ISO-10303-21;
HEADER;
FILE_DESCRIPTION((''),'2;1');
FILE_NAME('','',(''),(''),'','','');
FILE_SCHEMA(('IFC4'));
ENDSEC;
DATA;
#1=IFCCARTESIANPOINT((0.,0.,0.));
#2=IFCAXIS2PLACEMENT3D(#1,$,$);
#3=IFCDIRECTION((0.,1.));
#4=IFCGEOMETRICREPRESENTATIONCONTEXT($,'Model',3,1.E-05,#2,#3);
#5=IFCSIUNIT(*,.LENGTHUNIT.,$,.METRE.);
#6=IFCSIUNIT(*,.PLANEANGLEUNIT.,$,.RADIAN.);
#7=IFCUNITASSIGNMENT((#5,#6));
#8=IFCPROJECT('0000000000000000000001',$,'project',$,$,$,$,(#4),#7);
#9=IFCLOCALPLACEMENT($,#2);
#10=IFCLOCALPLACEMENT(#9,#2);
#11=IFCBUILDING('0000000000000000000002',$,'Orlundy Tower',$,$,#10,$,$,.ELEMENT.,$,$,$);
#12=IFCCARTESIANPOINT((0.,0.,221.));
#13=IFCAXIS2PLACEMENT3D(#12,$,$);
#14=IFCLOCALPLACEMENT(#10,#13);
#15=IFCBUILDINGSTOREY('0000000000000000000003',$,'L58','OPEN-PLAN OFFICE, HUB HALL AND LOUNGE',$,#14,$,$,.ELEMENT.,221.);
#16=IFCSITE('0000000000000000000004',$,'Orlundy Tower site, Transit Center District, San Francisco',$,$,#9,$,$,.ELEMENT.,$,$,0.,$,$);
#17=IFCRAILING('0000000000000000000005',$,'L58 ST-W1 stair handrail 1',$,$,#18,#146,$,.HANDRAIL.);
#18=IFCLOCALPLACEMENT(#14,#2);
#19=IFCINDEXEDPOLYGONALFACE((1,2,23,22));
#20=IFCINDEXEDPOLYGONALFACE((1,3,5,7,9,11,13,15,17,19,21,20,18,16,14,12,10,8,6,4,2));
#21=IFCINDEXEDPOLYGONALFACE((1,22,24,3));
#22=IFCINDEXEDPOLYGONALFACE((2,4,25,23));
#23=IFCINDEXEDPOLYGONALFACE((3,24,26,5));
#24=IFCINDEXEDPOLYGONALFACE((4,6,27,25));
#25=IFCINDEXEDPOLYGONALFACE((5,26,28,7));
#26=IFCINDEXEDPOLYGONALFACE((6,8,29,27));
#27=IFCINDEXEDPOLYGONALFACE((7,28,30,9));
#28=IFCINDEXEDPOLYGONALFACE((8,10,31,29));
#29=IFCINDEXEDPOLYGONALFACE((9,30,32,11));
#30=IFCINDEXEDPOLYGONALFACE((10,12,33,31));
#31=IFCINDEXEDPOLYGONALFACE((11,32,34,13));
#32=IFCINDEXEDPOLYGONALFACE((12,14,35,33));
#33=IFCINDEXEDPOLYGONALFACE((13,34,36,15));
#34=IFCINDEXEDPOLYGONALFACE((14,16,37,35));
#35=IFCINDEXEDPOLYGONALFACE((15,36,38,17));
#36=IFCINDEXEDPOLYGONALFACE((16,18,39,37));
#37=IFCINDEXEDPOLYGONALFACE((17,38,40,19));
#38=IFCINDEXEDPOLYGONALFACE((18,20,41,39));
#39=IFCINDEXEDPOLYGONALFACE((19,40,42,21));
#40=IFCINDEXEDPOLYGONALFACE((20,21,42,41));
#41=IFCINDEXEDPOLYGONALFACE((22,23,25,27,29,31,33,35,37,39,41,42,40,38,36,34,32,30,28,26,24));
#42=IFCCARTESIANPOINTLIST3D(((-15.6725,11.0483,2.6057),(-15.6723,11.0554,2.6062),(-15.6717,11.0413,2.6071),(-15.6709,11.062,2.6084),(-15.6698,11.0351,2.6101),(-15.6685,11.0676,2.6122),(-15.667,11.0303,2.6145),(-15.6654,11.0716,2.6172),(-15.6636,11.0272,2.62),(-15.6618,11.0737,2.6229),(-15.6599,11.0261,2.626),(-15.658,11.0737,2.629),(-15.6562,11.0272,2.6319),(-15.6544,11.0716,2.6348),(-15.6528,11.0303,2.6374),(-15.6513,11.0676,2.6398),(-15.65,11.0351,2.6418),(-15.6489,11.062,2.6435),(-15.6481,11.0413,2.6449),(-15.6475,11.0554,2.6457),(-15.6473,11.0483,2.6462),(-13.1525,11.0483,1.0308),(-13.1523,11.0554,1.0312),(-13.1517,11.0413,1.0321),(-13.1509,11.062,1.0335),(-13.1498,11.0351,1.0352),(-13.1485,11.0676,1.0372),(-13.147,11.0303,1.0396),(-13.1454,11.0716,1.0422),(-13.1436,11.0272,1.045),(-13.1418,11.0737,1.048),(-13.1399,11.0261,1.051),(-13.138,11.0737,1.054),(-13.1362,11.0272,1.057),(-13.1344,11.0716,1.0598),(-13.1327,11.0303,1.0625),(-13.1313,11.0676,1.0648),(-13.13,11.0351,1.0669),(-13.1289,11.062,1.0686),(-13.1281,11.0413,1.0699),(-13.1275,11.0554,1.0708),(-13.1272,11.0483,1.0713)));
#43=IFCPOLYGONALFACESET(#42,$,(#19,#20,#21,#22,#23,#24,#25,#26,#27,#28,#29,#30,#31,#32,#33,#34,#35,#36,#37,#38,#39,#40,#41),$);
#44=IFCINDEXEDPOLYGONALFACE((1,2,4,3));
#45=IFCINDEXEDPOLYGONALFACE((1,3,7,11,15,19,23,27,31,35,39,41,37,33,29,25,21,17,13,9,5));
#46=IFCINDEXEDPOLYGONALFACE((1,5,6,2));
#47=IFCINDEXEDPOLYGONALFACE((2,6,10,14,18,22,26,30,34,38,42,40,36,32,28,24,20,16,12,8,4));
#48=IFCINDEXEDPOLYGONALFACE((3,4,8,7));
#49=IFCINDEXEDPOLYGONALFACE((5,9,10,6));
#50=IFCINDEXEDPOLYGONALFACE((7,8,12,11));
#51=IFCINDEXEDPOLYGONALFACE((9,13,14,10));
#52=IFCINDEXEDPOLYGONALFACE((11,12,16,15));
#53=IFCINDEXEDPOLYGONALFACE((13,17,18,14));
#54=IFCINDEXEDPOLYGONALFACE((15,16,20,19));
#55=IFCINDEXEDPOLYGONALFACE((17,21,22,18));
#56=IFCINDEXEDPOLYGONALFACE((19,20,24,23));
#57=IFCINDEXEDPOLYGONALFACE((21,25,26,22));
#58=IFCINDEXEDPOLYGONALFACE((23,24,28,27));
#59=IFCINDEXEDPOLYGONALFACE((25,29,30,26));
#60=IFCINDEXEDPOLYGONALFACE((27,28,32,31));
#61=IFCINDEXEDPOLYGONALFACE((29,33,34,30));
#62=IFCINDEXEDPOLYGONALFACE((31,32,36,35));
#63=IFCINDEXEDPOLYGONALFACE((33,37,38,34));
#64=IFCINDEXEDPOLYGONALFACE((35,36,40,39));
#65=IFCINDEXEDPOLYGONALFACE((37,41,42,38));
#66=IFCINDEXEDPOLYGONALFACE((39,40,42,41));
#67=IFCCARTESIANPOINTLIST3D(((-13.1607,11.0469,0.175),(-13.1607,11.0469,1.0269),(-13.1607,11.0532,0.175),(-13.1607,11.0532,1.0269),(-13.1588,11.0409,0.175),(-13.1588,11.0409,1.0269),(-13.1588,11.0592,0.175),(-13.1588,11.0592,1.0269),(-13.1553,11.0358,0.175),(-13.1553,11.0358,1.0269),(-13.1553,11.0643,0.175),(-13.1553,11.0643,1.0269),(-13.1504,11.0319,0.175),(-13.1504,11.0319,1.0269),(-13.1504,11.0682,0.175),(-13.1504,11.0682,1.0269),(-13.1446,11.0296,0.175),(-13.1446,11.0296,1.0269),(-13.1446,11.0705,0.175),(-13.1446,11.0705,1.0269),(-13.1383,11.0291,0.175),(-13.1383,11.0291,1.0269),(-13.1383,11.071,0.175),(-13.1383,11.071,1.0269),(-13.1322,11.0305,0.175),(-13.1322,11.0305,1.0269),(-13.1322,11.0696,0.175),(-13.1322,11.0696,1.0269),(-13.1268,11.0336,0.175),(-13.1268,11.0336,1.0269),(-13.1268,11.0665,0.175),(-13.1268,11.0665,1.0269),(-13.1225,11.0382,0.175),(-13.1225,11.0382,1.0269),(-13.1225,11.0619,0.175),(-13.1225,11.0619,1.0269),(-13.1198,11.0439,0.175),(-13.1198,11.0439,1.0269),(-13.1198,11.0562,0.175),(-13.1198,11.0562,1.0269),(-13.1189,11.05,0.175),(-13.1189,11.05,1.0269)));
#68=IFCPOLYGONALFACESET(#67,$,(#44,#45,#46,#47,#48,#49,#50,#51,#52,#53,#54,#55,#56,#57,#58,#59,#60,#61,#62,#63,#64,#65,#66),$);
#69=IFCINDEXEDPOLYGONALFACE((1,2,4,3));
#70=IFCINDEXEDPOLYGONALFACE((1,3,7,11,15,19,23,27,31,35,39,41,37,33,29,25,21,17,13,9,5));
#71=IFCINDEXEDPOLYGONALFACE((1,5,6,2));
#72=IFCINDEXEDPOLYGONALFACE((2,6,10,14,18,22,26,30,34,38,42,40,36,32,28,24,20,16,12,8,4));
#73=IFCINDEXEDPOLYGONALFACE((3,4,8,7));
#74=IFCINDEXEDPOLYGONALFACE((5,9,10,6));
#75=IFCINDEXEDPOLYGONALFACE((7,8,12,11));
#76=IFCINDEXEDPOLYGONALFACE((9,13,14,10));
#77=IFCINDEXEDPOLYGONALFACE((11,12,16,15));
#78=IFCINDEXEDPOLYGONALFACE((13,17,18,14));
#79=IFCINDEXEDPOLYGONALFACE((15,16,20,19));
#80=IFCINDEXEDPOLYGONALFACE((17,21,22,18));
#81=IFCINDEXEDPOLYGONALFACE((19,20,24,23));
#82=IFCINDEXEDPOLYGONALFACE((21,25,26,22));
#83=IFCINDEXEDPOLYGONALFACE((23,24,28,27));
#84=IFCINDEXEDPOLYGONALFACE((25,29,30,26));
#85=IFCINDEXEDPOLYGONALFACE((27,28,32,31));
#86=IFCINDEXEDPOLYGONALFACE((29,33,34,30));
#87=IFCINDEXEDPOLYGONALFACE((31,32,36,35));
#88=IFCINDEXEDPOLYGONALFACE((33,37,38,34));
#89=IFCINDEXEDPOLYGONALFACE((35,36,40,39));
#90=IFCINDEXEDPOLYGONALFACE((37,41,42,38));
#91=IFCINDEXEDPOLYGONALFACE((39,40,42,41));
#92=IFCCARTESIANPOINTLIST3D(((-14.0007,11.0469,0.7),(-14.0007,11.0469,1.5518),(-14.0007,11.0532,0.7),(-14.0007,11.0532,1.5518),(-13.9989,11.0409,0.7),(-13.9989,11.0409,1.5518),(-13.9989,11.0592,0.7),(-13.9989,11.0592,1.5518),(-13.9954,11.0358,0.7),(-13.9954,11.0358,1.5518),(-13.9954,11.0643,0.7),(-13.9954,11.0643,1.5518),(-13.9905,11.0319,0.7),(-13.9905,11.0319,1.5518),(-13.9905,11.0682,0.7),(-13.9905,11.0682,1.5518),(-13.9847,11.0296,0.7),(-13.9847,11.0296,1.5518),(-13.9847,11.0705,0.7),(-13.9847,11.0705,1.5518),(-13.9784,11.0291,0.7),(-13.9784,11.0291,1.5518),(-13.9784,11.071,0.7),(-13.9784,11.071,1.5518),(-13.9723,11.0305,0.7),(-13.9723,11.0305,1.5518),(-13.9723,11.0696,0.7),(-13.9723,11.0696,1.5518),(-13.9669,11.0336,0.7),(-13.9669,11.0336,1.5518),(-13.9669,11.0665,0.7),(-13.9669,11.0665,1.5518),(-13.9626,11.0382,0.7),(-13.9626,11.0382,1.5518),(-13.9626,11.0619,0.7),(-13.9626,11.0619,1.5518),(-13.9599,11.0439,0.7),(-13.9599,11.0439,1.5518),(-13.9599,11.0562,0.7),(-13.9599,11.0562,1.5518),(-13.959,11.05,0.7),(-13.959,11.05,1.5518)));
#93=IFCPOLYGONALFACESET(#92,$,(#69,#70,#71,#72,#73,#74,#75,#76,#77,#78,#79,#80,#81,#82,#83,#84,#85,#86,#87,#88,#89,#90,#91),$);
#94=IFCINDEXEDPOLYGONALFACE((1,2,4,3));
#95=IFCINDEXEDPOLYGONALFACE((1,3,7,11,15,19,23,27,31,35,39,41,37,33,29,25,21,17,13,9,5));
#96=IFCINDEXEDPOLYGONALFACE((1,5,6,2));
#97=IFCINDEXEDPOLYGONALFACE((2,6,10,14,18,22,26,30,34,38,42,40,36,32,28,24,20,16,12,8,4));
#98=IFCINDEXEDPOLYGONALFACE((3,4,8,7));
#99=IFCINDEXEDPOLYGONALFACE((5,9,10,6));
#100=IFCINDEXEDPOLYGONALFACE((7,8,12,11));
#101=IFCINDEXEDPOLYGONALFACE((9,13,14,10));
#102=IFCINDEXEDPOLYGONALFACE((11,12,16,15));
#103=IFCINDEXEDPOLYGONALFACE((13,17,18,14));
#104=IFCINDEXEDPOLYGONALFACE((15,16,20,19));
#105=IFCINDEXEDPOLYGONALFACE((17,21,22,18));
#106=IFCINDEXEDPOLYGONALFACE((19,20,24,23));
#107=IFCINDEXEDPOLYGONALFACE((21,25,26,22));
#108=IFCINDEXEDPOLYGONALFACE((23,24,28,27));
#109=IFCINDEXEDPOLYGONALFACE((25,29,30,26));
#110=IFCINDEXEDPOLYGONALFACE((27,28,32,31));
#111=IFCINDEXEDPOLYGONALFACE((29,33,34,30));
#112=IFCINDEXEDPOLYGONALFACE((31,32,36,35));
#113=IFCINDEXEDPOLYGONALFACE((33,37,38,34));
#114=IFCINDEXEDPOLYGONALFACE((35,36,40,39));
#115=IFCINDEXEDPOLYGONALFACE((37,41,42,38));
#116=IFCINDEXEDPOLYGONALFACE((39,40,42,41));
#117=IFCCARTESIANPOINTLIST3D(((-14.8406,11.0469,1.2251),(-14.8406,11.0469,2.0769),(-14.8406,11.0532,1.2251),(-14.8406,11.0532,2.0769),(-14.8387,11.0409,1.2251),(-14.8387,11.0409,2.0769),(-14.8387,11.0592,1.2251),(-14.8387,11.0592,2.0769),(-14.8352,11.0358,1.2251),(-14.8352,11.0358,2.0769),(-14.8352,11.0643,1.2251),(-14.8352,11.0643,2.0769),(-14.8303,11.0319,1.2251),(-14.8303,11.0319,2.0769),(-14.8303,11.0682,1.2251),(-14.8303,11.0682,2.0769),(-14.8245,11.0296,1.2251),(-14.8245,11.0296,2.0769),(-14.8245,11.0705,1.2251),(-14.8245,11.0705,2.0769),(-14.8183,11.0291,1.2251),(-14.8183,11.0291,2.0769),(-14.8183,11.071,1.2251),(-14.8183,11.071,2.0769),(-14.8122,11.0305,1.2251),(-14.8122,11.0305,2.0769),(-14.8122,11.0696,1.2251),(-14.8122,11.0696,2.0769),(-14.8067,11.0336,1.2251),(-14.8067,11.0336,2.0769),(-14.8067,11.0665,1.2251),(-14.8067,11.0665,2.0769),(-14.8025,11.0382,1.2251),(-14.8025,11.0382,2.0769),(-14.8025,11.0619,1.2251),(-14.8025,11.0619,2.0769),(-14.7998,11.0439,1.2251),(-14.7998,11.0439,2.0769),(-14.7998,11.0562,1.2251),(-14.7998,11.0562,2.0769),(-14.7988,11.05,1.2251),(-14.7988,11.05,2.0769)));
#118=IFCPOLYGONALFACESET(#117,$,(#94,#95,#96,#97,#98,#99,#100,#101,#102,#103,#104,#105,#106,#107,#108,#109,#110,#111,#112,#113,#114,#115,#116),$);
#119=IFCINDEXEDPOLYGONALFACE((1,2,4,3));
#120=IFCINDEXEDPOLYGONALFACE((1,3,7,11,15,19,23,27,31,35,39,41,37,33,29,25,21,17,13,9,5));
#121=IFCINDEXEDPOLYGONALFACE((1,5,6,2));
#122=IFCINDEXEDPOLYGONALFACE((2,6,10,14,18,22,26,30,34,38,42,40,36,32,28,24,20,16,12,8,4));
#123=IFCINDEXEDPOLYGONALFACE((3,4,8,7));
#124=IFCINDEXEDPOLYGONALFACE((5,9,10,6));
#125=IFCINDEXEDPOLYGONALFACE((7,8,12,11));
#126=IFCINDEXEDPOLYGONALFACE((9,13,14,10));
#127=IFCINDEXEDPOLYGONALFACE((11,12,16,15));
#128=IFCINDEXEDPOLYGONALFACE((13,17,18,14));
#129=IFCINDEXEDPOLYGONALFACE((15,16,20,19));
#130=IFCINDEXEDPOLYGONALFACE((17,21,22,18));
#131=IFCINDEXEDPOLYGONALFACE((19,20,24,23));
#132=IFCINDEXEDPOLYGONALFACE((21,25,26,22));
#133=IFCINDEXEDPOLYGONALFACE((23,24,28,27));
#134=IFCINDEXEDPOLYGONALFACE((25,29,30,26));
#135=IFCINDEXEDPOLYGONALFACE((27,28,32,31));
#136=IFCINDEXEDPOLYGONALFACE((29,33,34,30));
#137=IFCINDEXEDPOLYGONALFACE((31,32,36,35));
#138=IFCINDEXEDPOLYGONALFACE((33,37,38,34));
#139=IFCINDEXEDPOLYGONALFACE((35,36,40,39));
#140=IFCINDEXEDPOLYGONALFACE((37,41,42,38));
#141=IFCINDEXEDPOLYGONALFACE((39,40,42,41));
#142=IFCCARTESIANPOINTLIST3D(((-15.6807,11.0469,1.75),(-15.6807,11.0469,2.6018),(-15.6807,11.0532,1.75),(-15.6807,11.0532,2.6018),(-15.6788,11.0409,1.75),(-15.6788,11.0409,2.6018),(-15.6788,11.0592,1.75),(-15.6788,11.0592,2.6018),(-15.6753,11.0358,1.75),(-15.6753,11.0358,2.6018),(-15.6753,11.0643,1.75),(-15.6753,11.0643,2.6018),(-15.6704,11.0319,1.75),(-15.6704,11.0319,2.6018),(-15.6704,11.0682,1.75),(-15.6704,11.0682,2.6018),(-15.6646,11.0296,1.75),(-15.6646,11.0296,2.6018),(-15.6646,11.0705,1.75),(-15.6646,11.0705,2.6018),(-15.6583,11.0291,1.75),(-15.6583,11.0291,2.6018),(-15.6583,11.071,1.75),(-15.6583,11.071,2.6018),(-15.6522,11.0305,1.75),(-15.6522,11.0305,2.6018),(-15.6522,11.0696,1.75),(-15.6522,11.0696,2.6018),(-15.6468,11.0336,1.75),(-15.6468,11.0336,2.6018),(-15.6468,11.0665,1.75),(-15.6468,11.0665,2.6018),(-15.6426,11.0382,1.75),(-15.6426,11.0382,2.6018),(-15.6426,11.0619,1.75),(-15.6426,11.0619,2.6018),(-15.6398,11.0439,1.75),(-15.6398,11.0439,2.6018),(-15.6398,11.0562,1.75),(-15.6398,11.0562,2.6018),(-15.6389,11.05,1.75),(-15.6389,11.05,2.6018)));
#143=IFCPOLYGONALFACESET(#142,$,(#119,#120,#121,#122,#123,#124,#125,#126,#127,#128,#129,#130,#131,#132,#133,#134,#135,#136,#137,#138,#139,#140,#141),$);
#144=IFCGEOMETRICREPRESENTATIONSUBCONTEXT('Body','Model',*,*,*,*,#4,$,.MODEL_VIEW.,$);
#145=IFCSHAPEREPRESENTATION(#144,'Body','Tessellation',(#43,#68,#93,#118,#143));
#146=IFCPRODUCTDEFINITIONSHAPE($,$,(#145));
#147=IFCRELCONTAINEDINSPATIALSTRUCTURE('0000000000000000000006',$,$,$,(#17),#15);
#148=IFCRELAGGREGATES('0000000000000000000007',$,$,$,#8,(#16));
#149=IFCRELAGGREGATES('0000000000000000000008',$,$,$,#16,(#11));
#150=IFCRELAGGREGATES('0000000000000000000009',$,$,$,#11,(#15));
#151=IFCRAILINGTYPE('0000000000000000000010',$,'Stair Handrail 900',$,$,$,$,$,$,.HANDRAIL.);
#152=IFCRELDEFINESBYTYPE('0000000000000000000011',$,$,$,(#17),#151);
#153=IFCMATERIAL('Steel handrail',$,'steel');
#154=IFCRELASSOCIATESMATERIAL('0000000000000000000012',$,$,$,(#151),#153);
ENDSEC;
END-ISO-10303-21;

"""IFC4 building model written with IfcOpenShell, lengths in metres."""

from ifc_helpers import new_model, si_unit, direction, frame, origin, origin_2d, place, context, subcontext, project, spatial, circle, extrude, material, type_object, element, save


model = new_model("IFC4")

# Units and contexts
model_context = context("Model", 3, precision=1e-05, world=origin(), true_north=direction((0.0, 1.0)))
body_context = subcontext(model_context, "Body", "Model", "MODEL_VIEW")
ifc_project = project(units=[si_unit("LENGTHUNIT", "METRE"), si_unit("PLANEANGLEUNIT", "RADIAN")], contexts=[model_context])

# Site, building, storey
site_placement = place(None, origin())
site = spatial("IfcSite", under=ifc_project, at=site_placement, Name="Orlundy Tower site, Transit Center District, San Francisco", CompositionType="ELEMENT", RefElevation=0.0)
building_placement = place(site_placement, origin())
building = spatial("IfcBuilding", under=site, at=building_placement, Name="Orlundy Tower", CompositionType="ELEMENT")
storey_placement = place(building_placement, frame((0.0, 0.0, 221.0)))
storey = spatial("IfcBuildingStorey", under=building, at=storey_placement, Name="L58", Description="OPEN-PLAN OFFICE, HUB HALL AND LOUNGE", CompositionType="ELEMENT", Elevation=221.0)

# Railing
ifc_material_1 = material(Name="Steel handrail", Category="steel")
railing_type = type_object("IfcRailingType", Name="Stair Handrail 900", PredefinedType="HANDRAIL", material=ifc_material_1)
railing_placement = place(storey_placement, frame((-13.1399, 11.05, 0.175)))
element("IfcRailing", 1, at=railing_placement, inside=storey, type_object=railing_type, Name="L58 ST-W1 stair handrail 1", PredefinedType="HANDRAIL", context=body_context, shape_type="SweptSolid", body=[
    extrude(circle(Radius=0.0239, at=origin_2d()), frame((0.0, 0.0, 0.876), z_axis=(-0.848008, 0.0, 0.529984), x_axis=(0.0, -1.0, 0.0)), (0.0, 0.0, 1.0), 2.9717),
    extrude(circle(Radius=0.021, at=origin_2d()), origin(), (0.0, 0.0, 1.0), 0.8518),
    extrude(circle(Radius=0.021, at=origin_2d()), frame((-0.8401, 0.0, 0.5249)), (0.0, 0.0, 1.0), 0.8518),
    extrude(circle(Radius=0.021, at=origin_2d()), frame((-1.6799, 0.0, 1.05)), (0.0, 0.0, 1.0), 0.8518),
    extrude(circle(Radius=0.021, at=origin_2d()), frame((-2.52, 0.0, 1.575)), (0.0, 0.0, 1.0), 0.8518),
])

save(model, "model.ifc")
